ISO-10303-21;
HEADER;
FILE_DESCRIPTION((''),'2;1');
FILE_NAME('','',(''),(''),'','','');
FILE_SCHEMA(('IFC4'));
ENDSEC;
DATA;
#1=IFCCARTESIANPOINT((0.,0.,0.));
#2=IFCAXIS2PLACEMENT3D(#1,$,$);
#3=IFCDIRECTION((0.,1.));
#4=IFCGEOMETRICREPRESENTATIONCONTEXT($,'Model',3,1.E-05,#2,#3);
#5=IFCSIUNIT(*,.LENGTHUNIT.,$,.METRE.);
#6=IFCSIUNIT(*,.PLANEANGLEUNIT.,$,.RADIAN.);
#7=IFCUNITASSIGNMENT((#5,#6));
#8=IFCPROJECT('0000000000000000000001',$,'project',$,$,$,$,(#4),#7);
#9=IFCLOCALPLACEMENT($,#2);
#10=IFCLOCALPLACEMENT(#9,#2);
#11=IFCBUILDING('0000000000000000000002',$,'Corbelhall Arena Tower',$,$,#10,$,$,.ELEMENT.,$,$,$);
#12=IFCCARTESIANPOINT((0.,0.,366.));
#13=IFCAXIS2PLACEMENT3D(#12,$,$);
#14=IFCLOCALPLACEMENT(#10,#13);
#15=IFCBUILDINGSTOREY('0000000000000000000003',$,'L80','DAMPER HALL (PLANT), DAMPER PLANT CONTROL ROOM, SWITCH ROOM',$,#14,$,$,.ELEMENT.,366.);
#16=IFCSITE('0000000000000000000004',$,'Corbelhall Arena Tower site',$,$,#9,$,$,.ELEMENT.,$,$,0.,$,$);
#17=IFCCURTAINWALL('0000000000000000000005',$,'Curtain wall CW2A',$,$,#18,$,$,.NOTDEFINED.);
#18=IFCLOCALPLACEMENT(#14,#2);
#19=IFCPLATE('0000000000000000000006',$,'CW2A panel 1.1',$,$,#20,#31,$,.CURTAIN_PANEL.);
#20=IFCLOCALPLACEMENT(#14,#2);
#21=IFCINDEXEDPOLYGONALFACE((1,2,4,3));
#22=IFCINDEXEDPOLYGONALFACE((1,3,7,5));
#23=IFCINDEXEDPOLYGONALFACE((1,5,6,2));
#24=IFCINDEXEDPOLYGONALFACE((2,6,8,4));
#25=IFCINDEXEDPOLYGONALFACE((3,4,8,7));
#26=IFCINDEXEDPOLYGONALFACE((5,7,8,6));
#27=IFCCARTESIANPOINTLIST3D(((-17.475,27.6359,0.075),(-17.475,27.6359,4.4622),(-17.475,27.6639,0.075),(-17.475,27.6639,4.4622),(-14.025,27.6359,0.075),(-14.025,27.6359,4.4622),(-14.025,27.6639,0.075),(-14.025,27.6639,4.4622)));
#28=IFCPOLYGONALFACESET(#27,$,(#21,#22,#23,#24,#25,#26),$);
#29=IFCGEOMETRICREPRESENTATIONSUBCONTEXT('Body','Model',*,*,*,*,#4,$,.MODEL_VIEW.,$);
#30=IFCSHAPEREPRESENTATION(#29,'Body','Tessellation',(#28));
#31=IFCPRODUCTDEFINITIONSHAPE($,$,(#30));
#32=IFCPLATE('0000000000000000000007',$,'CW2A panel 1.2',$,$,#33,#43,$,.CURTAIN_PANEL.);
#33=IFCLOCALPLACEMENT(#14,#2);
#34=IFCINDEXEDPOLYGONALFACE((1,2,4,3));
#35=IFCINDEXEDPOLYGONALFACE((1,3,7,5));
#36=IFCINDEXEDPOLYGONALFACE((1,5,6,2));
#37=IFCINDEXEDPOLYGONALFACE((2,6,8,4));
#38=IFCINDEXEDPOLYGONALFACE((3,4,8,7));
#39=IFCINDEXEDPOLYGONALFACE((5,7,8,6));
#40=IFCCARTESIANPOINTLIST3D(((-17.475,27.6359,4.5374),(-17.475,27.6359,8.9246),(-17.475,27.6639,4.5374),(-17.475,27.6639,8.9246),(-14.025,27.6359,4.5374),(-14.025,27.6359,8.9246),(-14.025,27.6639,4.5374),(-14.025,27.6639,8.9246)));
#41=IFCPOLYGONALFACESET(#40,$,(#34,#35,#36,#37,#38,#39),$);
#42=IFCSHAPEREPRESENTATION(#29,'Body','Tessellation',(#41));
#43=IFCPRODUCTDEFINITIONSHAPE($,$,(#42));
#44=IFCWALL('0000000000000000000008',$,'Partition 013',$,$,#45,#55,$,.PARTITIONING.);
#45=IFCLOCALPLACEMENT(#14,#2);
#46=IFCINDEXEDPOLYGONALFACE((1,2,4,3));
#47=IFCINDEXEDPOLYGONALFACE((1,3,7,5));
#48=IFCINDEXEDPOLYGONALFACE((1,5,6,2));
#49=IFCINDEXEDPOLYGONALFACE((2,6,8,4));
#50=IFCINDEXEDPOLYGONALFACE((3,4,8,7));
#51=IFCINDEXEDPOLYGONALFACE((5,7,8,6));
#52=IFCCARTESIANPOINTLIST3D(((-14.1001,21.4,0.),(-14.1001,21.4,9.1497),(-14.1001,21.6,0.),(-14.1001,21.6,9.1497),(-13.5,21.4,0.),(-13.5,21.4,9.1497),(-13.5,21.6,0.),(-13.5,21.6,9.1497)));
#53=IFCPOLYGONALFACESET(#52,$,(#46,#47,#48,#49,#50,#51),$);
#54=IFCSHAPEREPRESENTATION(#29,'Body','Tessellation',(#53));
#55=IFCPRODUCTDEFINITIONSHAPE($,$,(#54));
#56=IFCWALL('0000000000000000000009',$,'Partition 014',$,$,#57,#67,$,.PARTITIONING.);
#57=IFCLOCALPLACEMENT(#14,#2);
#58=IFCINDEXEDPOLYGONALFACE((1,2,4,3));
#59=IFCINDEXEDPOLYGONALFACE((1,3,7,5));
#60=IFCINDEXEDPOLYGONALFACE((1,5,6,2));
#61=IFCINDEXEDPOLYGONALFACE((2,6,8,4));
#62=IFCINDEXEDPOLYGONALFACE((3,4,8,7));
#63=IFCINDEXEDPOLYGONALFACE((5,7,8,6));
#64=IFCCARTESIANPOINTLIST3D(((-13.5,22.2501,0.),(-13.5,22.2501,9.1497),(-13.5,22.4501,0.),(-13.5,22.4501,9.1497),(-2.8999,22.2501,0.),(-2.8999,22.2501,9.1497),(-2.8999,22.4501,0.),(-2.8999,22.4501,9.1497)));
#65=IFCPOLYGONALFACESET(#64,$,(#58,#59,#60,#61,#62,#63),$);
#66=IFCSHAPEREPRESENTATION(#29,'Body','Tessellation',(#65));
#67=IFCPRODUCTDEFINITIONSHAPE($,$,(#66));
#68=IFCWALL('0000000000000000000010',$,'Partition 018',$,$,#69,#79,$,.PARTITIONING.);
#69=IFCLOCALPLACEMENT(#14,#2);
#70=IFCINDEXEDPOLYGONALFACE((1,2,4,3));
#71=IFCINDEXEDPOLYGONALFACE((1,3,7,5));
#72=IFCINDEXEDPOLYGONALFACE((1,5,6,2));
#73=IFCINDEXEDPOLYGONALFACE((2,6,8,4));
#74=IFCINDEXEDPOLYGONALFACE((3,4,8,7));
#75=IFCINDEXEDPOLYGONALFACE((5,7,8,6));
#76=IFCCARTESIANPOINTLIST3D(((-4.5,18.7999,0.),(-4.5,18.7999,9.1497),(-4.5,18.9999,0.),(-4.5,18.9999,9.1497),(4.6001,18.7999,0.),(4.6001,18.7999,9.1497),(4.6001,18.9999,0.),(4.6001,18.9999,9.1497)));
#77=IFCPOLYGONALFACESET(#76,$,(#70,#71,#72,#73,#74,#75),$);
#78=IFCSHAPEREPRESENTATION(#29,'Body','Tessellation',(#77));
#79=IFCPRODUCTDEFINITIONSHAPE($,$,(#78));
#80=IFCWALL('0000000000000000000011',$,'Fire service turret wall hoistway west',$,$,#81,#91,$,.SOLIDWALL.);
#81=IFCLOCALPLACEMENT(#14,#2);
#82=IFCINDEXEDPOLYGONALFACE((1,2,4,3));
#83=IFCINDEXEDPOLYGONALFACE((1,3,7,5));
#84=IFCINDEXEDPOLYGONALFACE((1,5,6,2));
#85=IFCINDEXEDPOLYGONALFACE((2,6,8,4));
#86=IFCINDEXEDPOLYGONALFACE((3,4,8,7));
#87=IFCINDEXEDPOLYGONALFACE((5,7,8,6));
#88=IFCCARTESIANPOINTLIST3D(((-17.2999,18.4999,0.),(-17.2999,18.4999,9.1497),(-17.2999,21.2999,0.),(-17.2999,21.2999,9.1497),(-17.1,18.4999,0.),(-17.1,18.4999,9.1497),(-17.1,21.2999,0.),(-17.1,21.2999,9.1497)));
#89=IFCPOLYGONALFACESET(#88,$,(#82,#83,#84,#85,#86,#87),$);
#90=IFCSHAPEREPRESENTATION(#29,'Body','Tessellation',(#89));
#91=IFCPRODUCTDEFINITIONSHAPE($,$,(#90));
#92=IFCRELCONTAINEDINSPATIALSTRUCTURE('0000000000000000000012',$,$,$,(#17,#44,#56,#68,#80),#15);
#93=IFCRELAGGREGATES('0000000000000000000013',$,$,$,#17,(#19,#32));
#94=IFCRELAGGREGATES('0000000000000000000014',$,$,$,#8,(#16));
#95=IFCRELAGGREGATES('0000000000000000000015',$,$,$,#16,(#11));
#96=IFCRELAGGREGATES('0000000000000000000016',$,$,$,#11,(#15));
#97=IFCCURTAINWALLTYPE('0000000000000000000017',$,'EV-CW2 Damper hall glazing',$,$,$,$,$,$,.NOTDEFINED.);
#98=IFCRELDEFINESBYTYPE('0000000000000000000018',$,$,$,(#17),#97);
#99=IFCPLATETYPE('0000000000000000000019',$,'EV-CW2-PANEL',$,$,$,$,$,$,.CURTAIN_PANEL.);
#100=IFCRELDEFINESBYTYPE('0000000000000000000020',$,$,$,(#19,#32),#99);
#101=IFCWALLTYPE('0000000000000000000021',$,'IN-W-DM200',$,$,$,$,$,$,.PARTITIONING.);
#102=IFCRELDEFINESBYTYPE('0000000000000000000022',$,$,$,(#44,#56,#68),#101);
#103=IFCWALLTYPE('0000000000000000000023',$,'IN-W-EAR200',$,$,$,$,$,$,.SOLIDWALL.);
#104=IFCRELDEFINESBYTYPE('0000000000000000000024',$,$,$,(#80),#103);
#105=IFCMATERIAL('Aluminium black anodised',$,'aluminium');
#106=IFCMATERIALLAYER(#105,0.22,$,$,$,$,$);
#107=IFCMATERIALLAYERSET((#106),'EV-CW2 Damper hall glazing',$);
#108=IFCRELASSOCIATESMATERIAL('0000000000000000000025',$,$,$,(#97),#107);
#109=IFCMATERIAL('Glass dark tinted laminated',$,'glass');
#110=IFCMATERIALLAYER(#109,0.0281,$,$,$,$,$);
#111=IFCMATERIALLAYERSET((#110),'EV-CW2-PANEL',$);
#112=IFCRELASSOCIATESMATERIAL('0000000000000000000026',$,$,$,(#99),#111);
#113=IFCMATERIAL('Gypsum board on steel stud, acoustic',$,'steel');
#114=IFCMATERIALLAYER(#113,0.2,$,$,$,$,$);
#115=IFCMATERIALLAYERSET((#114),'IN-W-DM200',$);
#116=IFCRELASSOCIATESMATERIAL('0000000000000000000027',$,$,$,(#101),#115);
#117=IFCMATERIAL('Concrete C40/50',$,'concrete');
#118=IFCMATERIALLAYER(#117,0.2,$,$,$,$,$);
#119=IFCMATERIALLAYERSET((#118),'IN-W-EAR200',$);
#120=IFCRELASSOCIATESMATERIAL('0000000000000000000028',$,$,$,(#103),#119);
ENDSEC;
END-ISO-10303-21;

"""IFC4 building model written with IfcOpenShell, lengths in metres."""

from ifc_helpers import new_model, si_unit, direction, frame, frame_2d, origin, origin_2d, place, context, subcontext, project, spatial, rectangle, extrude, material, layer, layer_set, type_object, element, aggregate, save


model = new_model("IFC4")

# Units and contexts
model_context = context("Model", 3, precision=1e-05, world=origin(), true_north=direction((0.0, 1.0)))
body_context = subcontext(model_context, "Body", "Model", "MODEL_VIEW")
ifc_project = project(units=[si_unit("LENGTHUNIT", "METRE"), si_unit("PLANEANGLEUNIT", "RADIAN")], contexts=[model_context])

# Site, building, storey
site_placement = place(None, origin())
site = spatial("IfcSite", under=ifc_project, at=site_placement, Name="Corbelhall Arena Tower site", CompositionType="ELEMENT", RefElevation=0.0)
building_placement = place(site_placement, origin())
building = spatial("IfcBuilding", under=site, at=building_placement, Name="Corbelhall Arena Tower", CompositionType="ELEMENT")
storey_placement = place(building_placement, frame((0.0, 0.0, 366.0)))
storey = spatial("IfcBuildingStorey", under=building, at=storey_placement, Name="L80", Description="DAMPER HALL (PLANT), DAMPER PLANT CONTROL ROOM, SWITCH ROOM", CompositionType="ELEMENT", Elevation=366.0)

# Curtain wall
ifc_material_1 = material(Name="Aluminium black anodised", Category="aluminium")
ifc_layer_1 = layer(ifc_material_1, 0.22)
ifc_layer_set_1 = layer_set([ifc_layer_1], Name="EV-CW2 Damper hall glazing")
curtain_wall_type = type_object("IfcCurtainWallType", Name="EV-CW2 Damper hall glazing", PredefinedType="NOTDEFINED", material=ifc_layer_set_1)
curtain_wall_1_placement = place(storey_placement, origin())
curtain_wall_1 = element("IfcCurtainWall", 1, at=curtain_wall_1_placement, inside=storey, type_object=curtain_wall_type, Name="Curtain wall CW2A", PredefinedType="NOTDEFINED")

# Plates
ifc_material_2 = material(Name="Glass dark tinted laminated", Category="glass")
ifc_layer_2 = layer(ifc_material_2, 0.0281)
ifc_layer_set_2 = layer_set([ifc_layer_2], Name="EV-CW2-PANEL")
plate_type = type_object("IfcPlateType", Name="EV-CW2-PANEL", PredefinedType="CURTAIN_PANEL", material=ifc_layer_set_2)
plate_1_placement = place(storey_placement, frame((-15.75, 27.6499, 0.075), z_axis=(0.0, 0.0, 1.0), x_axis=(-1.0, 0.0, 0.0)))
plate_1 = element("IfcPlate", 2, at=plate_1_placement, type_object=plate_type, Name="CW2A panel 1.1", PredefinedType="CURTAIN_PANEL", context=body_context, shape_type="SweptSolid", body=[
    extrude(rectangle(XDim=3.45, YDim=0.0281, at=origin_2d()), origin(), (0.0, 0.0, 1.0), 4.3872),
])
plate_2_placement = place(storey_placement, frame((-15.75, 27.6499, 4.5374), z_axis=(0.0, 0.0, 1.0), x_axis=(-1.0, 0.0, 0.0)))
plate_2 = element("IfcPlate", 3, at=plate_2_placement, type_object=plate_type, Name="CW2A panel 1.2", PredefinedType="CURTAIN_PANEL", context=body_context, shape_type="SweptSolid", body=[
    extrude(rectangle(XDim=3.45, YDim=0.0281, at=origin_2d()), origin(), (0.0, 0.0, 1.0), 4.3872),
])
aggregate(curtain_wall_1, [plate_1, plate_2])

# Walls
ifc_material_3 = material(Name="Gypsum board on steel stud, acoustic", Category="steel")
ifc_layer_3 = layer(ifc_material_3, 0.2)
ifc_layer_set_3 = layer_set([ifc_layer_3], Name="IN-W-DM200")
wall_type_1 = type_object("IfcWallType", Name="IN-W-DM200", PredefinedType="PARTITIONING", material=ifc_layer_set_3)
wall_1_placement = place(storey_placement, frame((-13.5, 21.5, 0.0), z_axis=(0.0, 0.0, 1.0), x_axis=(-1.0, 0.0, 0.0)))
element("IfcWall", 4, at=wall_1_placement, inside=storey, type_object=wall_type_1, Name="Partition 013", PredefinedType="PARTITIONING", context=body_context, shape_type="SweptSolid", body=[
    extrude(rectangle(XDim=0.6001, YDim=0.2, at=frame_2d((0.3, 0.0))), origin(), (0.0, 0.0, 1.0), 9.1497),
])
wall_2_placement = place(storey_placement, frame((-13.5, 22.3501, 0.0), z_axis=(0.0, 0.0, 1.0), x_axis=(1.0, 0.0, 0.0)))
element("IfcWall", 5, at=wall_2_placement, inside=storey, type_object=wall_type_1, Name="Partition 014", PredefinedType="PARTITIONING", context=body_context, shape_type="SweptSolid", body=[
    extrude(rectangle(XDim=10.6001, YDim=0.2, at=frame_2d((5.3, 0.0))), origin(), (0.0, 0.0, 1.0), 9.1497),
])

# Walls
wall_3_placement = place(storey_placement, frame((-4.5, 18.8999, 0.0), z_axis=(0.0, 0.0, 1.0), x_axis=(1.0, 0.0, 0.0)))
element("IfcWall", 6, at=wall_3_placement, inside=storey, type_object=wall_type_1, Name="Partition 018", PredefinedType="PARTITIONING", context=body_context, shape_type="SweptSolid", body=[
    extrude(rectangle(XDim=9.1001, YDim=0.2, at=frame_2d((4.55, 0.0))), origin(), (0.0, 0.0, 1.0), 9.1497),
])
ifc_material_4 = material(Name="Concrete C40/50", Category="concrete")
ifc_layer_4 = layer(ifc_material_4, 0.2)
ifc_layer_set_4 = layer_set([ifc_layer_4], Name="IN-W-EAR200")
wall_type_2 = type_object("IfcWallType", Name="IN-W-EAR200", PredefinedType="SOLIDWALL", material=ifc_layer_set_4)
wall_4_placement = place(storey_placement, frame((-17.2, 18.5, 0.0), z_axis=(0.0, 0.0, 1.0), x_axis=(0.0, 1.0, 0.0)))
element("IfcWall", 7, at=wall_4_placement, inside=storey, type_object=wall_type_2, Name="Fire service turret wall hoistway west", PredefinedType="SOLIDWALL", context=body_context, shape_type="SweptSolid", body=[
    extrude(rectangle(XDim=2.8, YDim=0.2, at=frame_2d((1.3999, 0.0))), origin(), (0.0, 0.0, 1.0), 9.1497),
])

save(model, "model.ifc")
